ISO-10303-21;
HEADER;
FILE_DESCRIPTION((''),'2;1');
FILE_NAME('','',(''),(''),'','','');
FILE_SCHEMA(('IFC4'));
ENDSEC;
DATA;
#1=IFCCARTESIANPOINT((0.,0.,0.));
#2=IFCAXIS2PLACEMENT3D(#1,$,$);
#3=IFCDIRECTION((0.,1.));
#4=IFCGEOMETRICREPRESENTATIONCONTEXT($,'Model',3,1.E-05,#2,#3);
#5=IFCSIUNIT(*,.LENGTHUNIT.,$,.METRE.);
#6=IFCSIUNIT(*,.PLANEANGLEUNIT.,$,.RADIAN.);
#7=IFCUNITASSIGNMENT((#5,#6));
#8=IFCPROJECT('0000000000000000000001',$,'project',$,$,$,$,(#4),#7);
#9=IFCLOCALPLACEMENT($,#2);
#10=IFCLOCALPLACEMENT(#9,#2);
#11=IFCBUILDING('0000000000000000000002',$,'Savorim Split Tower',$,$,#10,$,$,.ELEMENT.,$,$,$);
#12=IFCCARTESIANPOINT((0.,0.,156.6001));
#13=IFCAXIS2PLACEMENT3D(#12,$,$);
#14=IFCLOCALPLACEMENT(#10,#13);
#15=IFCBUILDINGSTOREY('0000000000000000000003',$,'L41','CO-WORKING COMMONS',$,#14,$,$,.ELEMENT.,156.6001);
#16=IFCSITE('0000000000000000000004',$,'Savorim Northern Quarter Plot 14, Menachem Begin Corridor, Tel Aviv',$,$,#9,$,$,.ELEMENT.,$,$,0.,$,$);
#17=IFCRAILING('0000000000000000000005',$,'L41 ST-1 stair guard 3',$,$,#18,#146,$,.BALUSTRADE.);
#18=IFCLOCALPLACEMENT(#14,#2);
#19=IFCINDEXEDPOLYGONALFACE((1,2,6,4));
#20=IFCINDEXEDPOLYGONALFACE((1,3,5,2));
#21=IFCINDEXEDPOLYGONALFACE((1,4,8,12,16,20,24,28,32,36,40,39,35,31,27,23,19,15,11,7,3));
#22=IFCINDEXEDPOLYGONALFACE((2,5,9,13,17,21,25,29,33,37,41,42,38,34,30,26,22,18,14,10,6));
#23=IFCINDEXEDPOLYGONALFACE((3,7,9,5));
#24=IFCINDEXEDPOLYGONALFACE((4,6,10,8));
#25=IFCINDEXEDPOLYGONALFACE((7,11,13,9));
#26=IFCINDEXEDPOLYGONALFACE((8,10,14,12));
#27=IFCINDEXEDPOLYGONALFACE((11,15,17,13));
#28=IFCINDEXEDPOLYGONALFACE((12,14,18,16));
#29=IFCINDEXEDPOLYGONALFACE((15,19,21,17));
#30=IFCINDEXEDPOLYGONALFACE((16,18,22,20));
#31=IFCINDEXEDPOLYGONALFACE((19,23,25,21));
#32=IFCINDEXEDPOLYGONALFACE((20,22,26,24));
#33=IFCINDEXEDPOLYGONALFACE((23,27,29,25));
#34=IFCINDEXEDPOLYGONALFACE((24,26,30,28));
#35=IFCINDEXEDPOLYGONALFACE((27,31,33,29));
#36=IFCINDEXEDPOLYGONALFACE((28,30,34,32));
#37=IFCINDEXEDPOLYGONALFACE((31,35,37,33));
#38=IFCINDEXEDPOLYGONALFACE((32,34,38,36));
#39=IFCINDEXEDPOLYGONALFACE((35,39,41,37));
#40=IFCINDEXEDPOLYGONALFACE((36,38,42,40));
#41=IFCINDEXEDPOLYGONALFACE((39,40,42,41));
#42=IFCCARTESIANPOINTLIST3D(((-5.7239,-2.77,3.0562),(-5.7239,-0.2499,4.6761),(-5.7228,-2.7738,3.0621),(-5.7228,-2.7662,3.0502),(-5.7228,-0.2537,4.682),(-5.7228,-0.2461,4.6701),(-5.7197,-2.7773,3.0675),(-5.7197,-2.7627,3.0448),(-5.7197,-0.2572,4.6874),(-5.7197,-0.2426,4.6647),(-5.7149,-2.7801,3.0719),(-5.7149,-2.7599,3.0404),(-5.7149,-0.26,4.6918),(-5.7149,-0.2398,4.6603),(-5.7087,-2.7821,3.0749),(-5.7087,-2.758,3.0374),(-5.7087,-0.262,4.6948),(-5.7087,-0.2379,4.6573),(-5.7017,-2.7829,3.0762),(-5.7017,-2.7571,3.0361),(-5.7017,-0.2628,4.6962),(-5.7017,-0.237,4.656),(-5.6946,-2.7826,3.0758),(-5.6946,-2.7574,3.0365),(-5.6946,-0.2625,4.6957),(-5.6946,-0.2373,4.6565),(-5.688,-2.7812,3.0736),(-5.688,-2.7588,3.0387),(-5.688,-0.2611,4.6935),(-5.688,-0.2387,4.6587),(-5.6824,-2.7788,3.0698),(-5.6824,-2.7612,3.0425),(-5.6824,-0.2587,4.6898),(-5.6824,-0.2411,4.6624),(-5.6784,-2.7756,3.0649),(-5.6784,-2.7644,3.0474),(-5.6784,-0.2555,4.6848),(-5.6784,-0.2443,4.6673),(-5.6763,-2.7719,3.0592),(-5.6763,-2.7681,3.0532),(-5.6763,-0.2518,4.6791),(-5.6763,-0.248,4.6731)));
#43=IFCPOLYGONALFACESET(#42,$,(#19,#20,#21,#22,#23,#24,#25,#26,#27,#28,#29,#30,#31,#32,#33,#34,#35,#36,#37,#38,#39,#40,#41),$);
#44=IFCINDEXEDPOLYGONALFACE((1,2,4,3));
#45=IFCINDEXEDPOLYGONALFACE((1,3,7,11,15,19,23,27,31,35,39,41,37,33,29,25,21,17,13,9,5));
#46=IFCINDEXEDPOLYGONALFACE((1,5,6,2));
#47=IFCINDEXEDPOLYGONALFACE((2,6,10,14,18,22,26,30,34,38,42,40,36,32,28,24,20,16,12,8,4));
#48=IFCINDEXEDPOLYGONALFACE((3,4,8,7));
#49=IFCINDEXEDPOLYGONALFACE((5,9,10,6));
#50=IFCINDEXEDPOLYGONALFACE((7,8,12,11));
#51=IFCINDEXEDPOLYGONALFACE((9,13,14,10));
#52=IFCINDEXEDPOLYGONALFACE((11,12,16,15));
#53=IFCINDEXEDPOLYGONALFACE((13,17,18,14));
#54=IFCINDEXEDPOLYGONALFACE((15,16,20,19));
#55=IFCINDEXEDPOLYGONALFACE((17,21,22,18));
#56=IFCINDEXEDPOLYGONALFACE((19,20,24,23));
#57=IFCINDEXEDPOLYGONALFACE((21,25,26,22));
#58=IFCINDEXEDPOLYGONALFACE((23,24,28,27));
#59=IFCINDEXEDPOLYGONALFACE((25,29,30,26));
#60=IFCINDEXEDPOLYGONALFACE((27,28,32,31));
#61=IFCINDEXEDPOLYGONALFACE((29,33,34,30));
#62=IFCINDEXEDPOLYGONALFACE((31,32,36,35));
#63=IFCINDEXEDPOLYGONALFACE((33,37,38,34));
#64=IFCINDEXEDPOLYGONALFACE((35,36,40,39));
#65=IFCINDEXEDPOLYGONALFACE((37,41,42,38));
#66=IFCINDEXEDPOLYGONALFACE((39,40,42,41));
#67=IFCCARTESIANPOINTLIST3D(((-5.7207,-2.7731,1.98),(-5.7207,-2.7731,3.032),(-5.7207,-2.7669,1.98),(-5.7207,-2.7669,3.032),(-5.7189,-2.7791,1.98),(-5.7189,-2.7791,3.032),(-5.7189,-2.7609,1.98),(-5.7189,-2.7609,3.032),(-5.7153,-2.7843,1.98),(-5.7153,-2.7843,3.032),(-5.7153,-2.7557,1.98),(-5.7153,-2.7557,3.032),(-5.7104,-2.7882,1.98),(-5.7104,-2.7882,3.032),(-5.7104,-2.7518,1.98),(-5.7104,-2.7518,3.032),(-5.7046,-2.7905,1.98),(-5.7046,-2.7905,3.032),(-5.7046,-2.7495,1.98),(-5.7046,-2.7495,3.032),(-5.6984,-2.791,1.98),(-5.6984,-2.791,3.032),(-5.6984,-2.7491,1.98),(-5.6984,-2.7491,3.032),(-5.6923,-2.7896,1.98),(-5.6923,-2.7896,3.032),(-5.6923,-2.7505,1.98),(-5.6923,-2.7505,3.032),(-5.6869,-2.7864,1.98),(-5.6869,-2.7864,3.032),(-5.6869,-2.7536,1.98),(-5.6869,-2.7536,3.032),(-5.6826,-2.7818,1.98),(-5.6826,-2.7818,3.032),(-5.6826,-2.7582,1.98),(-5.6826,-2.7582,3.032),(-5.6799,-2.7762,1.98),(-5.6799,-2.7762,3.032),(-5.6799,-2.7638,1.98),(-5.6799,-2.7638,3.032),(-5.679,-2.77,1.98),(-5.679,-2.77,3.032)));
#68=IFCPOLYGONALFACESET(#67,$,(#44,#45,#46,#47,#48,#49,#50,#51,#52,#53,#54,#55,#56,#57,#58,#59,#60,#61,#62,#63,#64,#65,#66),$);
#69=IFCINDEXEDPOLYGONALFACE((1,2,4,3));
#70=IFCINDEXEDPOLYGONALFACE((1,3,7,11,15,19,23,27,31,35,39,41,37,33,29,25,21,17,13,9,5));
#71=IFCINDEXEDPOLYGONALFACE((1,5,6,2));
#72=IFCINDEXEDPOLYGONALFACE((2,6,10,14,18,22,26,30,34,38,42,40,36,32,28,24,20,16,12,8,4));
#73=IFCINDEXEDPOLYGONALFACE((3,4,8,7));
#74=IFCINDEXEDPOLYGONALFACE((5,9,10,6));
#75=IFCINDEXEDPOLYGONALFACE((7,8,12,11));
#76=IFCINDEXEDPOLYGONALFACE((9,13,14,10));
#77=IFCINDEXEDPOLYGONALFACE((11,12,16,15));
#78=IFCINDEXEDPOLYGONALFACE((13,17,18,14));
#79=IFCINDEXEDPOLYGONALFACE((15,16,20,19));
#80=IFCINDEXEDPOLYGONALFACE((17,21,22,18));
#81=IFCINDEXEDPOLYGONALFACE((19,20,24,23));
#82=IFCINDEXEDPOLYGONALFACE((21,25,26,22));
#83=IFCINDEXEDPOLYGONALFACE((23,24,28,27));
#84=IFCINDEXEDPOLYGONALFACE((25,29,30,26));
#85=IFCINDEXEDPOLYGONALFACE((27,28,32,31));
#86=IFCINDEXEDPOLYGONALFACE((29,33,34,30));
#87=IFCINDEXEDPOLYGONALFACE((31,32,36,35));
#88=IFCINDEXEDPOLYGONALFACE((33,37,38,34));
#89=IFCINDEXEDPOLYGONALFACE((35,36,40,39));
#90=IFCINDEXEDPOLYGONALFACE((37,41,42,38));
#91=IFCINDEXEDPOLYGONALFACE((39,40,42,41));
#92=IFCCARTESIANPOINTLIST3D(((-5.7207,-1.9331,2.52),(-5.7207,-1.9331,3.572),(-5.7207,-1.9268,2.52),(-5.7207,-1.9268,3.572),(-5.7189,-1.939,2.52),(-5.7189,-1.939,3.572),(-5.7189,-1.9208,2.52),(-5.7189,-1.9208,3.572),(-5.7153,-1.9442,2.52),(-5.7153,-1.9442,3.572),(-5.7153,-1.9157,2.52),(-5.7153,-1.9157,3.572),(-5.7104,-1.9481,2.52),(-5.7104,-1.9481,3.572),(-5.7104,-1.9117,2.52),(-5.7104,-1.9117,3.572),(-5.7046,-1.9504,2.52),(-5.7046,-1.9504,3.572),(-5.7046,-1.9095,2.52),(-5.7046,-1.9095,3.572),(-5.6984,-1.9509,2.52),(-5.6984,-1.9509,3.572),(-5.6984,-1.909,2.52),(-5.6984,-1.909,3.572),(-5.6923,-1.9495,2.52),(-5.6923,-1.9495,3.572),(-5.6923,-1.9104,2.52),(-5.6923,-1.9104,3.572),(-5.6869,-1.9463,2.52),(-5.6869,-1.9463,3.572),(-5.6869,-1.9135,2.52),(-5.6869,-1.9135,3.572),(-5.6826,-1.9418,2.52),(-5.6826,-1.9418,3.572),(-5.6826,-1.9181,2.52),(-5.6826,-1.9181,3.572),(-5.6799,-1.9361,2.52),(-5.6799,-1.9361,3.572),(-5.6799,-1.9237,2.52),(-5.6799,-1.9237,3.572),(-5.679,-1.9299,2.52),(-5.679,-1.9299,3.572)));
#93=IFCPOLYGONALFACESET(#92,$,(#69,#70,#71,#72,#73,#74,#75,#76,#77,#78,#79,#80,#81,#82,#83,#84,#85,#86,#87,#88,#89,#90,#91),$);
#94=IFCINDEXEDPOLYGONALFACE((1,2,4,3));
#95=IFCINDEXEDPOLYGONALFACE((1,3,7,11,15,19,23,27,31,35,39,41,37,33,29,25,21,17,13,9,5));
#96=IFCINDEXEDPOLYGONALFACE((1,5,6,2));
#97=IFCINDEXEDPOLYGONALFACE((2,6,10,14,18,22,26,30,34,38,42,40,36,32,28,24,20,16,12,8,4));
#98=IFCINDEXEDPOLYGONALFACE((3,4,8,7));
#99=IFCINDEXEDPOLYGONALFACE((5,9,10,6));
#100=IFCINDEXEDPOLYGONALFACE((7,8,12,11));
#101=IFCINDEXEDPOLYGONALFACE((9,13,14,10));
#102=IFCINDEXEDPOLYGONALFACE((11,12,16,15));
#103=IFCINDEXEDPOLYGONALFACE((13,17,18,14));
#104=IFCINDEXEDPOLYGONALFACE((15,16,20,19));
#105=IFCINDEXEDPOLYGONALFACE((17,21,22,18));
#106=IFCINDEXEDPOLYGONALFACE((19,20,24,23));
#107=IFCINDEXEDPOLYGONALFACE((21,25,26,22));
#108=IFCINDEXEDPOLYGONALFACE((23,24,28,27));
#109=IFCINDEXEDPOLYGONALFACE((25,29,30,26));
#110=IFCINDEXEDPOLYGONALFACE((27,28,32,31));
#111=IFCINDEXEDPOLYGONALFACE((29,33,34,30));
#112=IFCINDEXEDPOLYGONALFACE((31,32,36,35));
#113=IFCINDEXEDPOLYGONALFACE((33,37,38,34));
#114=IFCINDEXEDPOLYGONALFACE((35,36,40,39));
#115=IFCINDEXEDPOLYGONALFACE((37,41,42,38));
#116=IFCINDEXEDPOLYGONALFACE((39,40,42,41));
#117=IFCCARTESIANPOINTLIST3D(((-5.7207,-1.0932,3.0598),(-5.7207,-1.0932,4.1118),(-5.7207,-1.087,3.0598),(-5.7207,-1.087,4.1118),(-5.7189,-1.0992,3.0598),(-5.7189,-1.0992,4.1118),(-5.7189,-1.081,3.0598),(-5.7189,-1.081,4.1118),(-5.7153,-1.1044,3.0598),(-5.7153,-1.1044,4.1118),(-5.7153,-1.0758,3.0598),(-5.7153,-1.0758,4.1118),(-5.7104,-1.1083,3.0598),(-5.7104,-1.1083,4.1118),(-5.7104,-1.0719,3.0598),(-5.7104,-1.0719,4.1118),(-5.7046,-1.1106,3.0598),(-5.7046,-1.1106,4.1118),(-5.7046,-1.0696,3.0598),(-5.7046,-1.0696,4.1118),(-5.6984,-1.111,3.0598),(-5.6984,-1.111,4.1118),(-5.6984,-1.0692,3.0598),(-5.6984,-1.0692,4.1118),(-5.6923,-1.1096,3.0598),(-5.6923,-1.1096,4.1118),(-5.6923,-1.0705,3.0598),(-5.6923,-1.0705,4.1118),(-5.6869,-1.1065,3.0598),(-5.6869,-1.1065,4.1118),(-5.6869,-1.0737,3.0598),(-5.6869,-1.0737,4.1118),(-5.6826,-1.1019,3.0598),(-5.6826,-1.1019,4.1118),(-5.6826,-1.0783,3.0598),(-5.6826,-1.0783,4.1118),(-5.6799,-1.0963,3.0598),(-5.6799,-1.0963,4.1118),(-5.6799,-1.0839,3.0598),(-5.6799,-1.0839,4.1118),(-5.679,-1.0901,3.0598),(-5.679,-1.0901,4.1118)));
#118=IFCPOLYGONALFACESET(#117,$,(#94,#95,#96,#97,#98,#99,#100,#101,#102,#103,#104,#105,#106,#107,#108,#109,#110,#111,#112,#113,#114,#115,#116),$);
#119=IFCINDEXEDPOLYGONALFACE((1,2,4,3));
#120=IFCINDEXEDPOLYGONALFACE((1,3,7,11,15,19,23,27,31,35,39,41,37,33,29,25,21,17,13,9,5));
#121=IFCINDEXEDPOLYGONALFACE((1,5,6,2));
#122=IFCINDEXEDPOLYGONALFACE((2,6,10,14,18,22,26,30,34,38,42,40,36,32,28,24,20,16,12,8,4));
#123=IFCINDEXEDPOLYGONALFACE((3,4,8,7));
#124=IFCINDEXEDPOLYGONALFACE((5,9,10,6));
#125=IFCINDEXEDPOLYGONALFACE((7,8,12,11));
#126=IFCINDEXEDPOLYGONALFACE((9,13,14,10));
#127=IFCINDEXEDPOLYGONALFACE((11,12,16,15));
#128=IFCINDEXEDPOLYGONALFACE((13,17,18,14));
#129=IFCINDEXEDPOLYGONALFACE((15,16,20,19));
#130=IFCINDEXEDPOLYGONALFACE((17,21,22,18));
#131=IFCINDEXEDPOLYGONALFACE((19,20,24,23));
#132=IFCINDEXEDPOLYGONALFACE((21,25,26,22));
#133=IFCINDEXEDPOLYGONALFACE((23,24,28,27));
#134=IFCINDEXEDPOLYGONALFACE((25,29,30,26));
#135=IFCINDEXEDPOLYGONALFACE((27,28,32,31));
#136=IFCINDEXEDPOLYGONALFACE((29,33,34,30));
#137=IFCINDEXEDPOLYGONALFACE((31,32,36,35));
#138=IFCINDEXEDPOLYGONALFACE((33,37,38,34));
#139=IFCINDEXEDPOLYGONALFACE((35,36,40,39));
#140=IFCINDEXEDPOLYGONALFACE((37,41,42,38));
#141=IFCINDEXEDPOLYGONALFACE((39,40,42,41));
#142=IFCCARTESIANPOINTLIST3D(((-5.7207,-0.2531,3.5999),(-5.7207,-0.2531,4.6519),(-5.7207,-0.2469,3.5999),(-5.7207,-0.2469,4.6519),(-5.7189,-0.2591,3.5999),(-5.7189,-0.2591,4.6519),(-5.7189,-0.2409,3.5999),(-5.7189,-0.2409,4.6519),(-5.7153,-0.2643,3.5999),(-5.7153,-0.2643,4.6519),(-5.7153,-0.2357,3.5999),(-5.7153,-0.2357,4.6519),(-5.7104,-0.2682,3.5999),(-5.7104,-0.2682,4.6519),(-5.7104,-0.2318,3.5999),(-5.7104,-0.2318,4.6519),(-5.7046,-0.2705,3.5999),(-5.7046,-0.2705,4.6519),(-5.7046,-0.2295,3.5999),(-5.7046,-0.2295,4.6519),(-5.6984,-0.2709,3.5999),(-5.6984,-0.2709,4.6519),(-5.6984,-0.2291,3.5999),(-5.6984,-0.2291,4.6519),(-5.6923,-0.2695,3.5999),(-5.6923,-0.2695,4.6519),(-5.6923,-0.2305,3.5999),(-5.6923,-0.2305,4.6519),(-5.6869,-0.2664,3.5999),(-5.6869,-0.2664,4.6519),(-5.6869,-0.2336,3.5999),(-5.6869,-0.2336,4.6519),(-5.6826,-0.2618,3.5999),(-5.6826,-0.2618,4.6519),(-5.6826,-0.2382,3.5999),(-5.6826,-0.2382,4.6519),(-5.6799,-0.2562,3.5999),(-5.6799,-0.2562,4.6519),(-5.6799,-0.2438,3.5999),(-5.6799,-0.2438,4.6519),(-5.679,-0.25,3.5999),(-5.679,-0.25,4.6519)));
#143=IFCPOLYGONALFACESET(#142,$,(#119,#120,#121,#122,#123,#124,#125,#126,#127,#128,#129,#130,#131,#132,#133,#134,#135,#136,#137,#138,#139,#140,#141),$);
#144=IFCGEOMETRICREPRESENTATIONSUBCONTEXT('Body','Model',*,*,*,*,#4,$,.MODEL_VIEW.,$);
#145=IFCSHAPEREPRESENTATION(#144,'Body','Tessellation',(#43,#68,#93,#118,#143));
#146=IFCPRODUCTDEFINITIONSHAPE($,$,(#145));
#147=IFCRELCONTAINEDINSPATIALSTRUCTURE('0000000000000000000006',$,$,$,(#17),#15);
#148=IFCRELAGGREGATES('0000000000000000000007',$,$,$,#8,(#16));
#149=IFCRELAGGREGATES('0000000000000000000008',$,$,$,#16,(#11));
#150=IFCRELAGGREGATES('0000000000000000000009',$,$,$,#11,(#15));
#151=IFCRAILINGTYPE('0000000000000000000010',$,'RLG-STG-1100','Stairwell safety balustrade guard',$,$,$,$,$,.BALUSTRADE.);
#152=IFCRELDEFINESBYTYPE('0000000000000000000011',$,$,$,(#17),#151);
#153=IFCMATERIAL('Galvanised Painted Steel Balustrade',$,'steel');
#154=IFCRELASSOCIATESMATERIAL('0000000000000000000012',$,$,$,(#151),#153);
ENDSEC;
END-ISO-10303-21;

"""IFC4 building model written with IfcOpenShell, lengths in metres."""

from ifc_helpers import new_model, si_unit, direction, frame, origin, origin_2d, place, context, subcontext, project, spatial, circle, extrude, material, type_object, element, save


model = new_model("IFC4")

# Units and contexts
model_context = context("Model", 3, precision=1e-05, world=origin(), true_north=direction((0.0, 1.0)))
body_context = subcontext(model_context, "Body", "Model", "MODEL_VIEW")
ifc_project = project(units=[si_unit("LENGTHUNIT", "METRE"), si_unit("PLANEANGLEUNIT", "RADIAN")], contexts=[model_context])

# Site, building, storey
site_placement = place(None, origin())
site = spatial("IfcSite", under=ifc_project, at=site_placement, Name="Savorim Northern Quarter Plot 14, Menachem Begin Corridor, Tel Aviv", CompositionType="ELEMENT", RefElevation=0.0)
building_placement = place(site_placement, origin())
building = spatial("IfcBuilding", under=site, at=building_placement, Name="Savorim Split Tower", CompositionType="ELEMENT")
storey_placement = place(building_placement, frame((0.0, 0.0, 156.6001)))
storey = spatial("IfcBuildingStorey", under=building, at=storey_placement, Name="L41", Description="CO-WORKING COMMONS", CompositionType="ELEMENT", Elevation=156.6001)

# Railing
ifc_material_1 = material(Name="Galvanised Painted Steel Balustrade", Category="steel")
railing_type_1 = type_object("IfcRailingType", Name="RLG-STG-1100", Description="Stairwell safety balustrade guard", PredefinedType="BALUSTRADE", material=ifc_material_1)
railing_1_placement = place(storey_placement, frame((-5.7, -2.77, 1.98)))
element("IfcRailing", 1, at=railing_1_placement, inside=storey, type_object=railing_type_1, Name="L41 ST-1 stair guard 3", PredefinedType="BALUSTRADE", context=body_context, shape_type="SweptSolid", body=[
    extrude(circle(Radius=0.0239, at=origin_2d()), frame((0.0, 0.0, 1.0762), z_axis=(0.0, 0.8412, 0.540725), x_axis=(-1.0, 0.0, 0.0)), (0.0, 0.0, 1.0), 2.9958),
    extrude(circle(Radius=0.021, at=origin_2d()), origin(), (0.0, 0.0, 1.0), 1.052),
    extrude(circle(Radius=0.021, at=origin_2d()), frame((0.0, 0.8401, 0.54)), (0.0, 0.0, 1.0), 1.052),
    extrude(circle(Radius=0.021, at=origin_2d()), frame((0.0, 1.6799, 1.0798)), (0.0, 0.0, 1.0), 1.052),
    extrude(circle(Radius=0.021, at=origin_2d()), frame((0.0, 2.52, 1.6199)), (0.0, 0.0, 1.0), 1.052),
])

save(model, "model.ifc")
